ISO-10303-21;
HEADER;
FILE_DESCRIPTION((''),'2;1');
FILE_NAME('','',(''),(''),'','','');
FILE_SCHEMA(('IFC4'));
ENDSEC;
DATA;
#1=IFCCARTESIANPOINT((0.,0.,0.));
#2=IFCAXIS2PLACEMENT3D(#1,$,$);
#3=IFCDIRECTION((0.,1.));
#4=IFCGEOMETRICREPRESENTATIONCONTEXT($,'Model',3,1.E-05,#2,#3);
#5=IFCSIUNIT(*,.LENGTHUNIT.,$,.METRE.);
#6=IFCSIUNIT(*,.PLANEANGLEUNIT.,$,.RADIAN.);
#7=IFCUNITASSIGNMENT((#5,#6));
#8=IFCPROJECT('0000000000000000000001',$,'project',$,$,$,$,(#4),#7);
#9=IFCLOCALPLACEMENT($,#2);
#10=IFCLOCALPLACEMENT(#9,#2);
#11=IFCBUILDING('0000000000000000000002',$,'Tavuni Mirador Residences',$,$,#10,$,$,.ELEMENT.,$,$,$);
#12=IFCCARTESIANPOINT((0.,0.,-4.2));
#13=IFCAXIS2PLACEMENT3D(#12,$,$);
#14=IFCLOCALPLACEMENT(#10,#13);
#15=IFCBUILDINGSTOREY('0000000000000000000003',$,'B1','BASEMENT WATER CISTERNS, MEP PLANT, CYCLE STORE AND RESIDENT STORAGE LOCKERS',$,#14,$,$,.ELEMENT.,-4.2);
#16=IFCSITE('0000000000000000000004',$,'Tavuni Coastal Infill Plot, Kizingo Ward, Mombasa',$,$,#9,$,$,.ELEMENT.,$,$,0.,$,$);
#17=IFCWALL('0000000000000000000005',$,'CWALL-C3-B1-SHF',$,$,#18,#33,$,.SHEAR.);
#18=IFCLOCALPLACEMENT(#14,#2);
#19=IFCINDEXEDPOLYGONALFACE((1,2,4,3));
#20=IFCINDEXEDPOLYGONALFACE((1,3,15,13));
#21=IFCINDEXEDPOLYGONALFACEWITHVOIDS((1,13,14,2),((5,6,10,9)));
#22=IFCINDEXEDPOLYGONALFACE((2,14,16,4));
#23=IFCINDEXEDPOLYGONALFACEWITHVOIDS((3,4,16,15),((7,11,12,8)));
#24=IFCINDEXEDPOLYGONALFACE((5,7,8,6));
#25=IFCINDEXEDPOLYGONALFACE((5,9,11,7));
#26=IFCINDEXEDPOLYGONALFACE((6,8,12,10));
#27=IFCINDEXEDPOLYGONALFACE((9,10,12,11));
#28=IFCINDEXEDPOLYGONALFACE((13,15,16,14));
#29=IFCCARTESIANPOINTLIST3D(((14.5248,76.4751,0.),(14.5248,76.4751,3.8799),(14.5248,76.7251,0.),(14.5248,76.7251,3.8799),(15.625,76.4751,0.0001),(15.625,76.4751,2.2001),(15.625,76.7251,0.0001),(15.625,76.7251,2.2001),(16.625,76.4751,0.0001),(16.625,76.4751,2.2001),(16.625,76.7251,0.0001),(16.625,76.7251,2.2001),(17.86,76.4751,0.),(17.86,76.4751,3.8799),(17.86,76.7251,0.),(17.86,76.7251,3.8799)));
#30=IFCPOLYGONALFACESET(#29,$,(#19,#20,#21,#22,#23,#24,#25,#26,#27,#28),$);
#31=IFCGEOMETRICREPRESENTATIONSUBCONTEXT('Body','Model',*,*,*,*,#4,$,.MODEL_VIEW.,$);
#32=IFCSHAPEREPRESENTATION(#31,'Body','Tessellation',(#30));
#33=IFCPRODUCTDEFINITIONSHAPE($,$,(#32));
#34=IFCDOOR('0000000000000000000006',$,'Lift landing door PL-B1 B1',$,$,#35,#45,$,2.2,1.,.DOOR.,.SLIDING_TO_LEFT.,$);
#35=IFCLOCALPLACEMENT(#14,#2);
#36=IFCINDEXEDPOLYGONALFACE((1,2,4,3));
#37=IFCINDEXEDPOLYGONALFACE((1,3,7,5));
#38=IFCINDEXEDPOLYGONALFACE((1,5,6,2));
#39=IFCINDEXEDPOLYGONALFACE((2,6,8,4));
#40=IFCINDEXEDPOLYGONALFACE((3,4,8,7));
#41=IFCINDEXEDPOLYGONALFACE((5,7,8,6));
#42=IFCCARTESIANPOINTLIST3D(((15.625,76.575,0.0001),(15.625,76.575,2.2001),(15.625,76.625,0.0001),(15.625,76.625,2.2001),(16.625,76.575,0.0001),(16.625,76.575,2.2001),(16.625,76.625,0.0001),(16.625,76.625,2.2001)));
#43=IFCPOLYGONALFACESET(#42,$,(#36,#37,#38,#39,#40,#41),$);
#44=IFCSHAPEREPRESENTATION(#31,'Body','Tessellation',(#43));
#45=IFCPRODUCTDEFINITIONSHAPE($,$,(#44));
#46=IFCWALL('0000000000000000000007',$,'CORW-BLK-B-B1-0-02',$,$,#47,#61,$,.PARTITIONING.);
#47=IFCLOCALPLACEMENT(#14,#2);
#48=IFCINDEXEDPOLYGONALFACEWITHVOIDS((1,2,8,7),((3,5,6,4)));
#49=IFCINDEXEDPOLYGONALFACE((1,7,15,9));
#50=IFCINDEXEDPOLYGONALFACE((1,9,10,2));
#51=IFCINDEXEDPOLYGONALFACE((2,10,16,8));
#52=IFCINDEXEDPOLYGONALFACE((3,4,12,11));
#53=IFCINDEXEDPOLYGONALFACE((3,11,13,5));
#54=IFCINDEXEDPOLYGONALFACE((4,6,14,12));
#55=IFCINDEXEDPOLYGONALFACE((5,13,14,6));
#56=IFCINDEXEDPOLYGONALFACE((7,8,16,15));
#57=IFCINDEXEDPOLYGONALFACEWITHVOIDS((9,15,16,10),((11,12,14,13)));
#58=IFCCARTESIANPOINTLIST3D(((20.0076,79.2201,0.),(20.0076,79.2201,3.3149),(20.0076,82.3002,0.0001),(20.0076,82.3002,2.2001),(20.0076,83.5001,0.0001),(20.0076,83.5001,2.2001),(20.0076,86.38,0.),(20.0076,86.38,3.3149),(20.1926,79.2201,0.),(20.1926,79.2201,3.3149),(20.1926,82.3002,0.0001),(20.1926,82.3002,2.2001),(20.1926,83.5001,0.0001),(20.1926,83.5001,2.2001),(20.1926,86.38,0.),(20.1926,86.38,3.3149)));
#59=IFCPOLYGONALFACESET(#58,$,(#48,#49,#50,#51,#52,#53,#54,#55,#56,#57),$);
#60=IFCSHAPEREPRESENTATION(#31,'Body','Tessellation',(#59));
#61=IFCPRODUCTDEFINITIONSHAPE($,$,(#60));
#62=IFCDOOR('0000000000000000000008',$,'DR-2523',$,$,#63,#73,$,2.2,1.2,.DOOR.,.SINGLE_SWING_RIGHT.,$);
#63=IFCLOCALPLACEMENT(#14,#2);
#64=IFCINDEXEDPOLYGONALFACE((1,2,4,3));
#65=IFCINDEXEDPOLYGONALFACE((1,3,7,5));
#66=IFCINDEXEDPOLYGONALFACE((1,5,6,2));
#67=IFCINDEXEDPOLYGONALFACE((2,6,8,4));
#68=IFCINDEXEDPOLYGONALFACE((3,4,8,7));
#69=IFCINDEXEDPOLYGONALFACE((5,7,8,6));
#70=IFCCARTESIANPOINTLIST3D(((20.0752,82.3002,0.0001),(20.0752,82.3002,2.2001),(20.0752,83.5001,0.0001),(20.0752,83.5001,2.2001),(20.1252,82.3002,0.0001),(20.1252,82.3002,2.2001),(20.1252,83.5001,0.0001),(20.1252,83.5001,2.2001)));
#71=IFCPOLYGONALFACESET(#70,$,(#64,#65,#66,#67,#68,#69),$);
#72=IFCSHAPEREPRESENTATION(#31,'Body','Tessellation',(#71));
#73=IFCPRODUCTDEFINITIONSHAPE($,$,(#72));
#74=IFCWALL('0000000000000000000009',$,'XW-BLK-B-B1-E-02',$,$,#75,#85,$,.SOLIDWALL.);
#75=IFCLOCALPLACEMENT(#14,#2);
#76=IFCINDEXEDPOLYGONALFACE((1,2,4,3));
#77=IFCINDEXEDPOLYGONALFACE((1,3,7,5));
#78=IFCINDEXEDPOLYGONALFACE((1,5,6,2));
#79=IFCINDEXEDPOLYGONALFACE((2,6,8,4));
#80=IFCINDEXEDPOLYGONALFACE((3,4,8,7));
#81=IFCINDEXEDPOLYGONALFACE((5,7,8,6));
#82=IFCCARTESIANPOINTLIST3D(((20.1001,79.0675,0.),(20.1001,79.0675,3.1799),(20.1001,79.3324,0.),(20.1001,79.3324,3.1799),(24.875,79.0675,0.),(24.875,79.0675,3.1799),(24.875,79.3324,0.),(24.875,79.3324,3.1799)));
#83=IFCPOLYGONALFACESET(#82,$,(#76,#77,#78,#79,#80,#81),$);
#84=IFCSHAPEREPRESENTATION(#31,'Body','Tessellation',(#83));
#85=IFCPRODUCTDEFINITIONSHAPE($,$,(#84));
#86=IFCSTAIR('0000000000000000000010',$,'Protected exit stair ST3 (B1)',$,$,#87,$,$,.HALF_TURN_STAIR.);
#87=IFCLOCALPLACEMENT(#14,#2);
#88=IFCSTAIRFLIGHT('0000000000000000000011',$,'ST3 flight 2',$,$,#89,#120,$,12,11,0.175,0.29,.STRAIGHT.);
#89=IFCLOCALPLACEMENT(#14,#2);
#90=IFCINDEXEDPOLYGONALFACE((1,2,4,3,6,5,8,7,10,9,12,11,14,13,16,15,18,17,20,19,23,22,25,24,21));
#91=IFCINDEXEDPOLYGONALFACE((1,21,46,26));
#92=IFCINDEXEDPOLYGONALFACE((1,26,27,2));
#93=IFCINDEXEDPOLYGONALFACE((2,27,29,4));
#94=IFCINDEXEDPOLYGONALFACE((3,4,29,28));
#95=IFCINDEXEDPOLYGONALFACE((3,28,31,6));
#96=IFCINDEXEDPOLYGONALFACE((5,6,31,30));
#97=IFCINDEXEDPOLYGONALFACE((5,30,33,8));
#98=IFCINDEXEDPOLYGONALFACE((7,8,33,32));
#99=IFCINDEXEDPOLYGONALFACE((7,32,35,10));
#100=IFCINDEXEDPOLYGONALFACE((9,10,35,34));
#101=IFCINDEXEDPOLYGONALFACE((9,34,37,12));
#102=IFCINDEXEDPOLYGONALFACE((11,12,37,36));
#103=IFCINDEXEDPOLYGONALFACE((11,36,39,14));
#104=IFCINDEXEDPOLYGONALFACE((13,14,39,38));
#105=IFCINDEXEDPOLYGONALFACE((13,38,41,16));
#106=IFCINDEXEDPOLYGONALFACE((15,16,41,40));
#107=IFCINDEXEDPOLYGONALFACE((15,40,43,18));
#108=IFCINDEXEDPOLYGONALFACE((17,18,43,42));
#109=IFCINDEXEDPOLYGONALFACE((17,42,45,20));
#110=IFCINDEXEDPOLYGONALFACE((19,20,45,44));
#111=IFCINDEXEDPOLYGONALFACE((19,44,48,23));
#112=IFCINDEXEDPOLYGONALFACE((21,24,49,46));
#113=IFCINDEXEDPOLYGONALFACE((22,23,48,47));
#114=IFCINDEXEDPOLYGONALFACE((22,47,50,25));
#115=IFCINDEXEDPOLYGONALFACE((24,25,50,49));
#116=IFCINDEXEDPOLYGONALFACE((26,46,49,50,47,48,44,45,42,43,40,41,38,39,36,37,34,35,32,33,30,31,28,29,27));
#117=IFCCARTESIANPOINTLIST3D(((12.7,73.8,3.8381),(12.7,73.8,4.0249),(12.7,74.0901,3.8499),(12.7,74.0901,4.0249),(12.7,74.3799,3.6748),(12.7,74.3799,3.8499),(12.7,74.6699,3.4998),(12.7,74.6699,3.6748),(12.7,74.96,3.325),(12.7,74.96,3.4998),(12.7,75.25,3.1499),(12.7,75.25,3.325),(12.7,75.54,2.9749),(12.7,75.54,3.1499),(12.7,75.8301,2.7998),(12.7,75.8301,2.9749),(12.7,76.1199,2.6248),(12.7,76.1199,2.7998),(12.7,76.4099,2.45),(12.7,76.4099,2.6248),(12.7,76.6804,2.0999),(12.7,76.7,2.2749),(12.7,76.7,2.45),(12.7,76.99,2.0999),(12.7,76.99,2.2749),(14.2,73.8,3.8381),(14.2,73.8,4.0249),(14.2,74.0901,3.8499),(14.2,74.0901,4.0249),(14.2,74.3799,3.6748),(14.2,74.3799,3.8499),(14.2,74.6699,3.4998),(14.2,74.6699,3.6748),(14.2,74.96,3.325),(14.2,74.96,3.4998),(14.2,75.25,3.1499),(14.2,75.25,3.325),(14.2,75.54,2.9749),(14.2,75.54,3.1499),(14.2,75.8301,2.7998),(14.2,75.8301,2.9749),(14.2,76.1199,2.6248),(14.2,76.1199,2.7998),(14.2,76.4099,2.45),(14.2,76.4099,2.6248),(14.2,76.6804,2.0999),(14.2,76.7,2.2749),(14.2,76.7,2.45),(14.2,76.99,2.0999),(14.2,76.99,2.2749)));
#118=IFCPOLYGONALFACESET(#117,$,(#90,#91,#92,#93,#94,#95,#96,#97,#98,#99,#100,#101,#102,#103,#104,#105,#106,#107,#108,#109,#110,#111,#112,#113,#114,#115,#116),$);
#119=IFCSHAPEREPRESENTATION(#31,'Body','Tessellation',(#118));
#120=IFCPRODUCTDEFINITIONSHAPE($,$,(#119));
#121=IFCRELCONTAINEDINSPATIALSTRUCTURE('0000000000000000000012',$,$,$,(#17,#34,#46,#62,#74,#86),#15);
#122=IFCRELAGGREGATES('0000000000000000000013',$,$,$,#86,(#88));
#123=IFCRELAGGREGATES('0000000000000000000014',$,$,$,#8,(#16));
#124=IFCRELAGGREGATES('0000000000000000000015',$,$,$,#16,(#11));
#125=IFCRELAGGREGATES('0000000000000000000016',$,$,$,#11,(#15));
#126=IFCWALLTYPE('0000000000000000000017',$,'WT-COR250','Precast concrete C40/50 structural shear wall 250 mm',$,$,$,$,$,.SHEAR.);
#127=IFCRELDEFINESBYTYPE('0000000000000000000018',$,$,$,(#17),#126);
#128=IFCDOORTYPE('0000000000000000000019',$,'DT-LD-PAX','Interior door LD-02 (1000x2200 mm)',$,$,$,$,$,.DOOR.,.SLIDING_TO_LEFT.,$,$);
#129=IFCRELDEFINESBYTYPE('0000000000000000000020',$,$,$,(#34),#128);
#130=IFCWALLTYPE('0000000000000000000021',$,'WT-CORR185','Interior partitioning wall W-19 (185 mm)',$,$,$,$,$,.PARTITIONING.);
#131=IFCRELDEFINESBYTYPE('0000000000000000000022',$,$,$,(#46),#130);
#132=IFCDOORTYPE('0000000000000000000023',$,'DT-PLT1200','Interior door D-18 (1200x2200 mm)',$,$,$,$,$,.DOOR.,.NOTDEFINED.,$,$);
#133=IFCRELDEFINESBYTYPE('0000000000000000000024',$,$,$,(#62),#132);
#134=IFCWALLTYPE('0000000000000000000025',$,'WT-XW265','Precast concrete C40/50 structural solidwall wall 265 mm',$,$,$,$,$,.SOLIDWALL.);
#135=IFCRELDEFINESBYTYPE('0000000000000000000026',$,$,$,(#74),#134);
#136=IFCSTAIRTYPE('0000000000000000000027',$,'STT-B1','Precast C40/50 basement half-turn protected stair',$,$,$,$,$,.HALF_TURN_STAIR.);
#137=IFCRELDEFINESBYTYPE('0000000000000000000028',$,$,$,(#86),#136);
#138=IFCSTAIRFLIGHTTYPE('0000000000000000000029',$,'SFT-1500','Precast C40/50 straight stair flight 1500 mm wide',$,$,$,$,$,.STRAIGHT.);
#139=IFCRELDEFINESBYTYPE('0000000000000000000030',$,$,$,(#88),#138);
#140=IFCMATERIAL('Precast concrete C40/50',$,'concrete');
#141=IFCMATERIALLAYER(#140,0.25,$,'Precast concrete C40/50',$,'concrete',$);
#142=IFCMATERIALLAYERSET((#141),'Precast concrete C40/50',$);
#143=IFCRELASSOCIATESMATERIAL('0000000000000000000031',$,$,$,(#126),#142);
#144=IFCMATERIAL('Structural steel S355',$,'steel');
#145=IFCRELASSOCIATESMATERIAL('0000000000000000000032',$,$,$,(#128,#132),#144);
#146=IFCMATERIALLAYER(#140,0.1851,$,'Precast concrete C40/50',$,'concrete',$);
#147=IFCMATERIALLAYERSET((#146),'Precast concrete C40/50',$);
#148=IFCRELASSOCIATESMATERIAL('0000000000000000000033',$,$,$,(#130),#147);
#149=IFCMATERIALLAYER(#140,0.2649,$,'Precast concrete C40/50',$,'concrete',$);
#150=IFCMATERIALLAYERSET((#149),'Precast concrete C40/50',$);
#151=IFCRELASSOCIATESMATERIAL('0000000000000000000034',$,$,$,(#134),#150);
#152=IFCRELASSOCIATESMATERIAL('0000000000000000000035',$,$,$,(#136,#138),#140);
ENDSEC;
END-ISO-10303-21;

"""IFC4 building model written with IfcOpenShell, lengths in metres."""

from ifc_helpers import new_model, si_unit, direction, frame, frame_2d, origin, place, context, subcontext, project, spatial, polyline, rectangle, outline, extrude, material, layer, layer_set, type_object, element, fill, aggregate, save


model = new_model("IFC4")

# Units and contexts
model_context = context("Model", 3, precision=1e-05, world=origin(), true_north=direction((0.0, 1.0)))
body_context = subcontext(model_context, "Body", "Model", "MODEL_VIEW")
ifc_project = project(units=[si_unit("LENGTHUNIT", "METRE"), si_unit("PLANEANGLEUNIT", "RADIAN")], contexts=[model_context])

# Site, building, storey
site_placement = place(None, origin())
site = spatial("IfcSite", under=ifc_project, at=site_placement, Name="Tavuni Coastal Infill Plot, Kizingo Ward, Mombasa", CompositionType="ELEMENT", RefElevation=0.0)
building_placement = place(site_placement, origin())
building = spatial("IfcBuilding", under=site, at=building_placement, Name="Tavuni Mirador Residences", CompositionType="ELEMENT")
storey_placement = place(building_placement, frame((0.0, 0.0, -4.2)))
storey = spatial("IfcBuildingStorey", under=building, at=storey_placement, Name="B1", Description="BASEMENT WATER CISTERNS, MEP PLANT, CYCLE STORE AND RESIDENT STORAGE LOCKERS", CompositionType="ELEMENT", Elevation=-4.2)

# Shared definitions
ifc_material_1 = material(Name="Precast concrete C40/50", Category="concrete")

# Walls, openings, doors
ifc_layer_1 = layer(ifc_material_1, 0.25, Name="Precast concrete C40/50", Category="concrete")
ifc_layer_set_1 = layer_set([ifc_layer_1], Name="Precast concrete C40/50")
wall_type_1 = type_object("IfcWallType", Name="WT-COR250", Description="Precast concrete C40/50 structural shear wall 250 mm", PredefinedType="SHEAR", material=ifc_layer_set_1)
wall_1_placement = place(storey_placement, frame((14.5249, 76.6001, 0.0), z_axis=(0.0, 0.0, 1.0), x_axis=(1.0, 0.0, 0.0)))
wall_1 = element("IfcWall", 1, at=wall_1_placement, inside=storey, type_object=wall_type_1, Name="CWALL-C3-B1-SHF", PredefinedType="SHEAR", context=body_context, shape_type="SweptSolid", body=[
    extrude(rectangle(XDim=3.3352, YDim=0.25, at=frame_2d((1.6675, 0.0))), origin(), (0.0, 0.0, 1.0), 3.8799),
])
opening_1_placement = place(wall_1_placement, frame((1.1001, 0.0, 0.0)))
opening_1 = element("IfcOpeningElement", 2, at=opening_1_placement, cuts=wall_1, PredefinedType="OPENING", context=body_context, shape_type="SweptSolid", body=[
    extrude(rectangle(XDim=1.0, YDim=2.2, at=frame_2d((0.5, 1.1001))), frame((0.0, 0.135, 0.0), z_axis=(0.0, -1.0, 0.0), x_axis=(1.0, 0.0, 0.0)), (0.0, 0.0, 1.0), 0.27),
])
ifc_material_2 = material(Name="Structural steel S355", Category="steel")
door_type_1 = type_object("IfcDoorType", Name="DT-LD-PAX", Description="Interior door LD-02 (1000x2200 mm)", OperationType="SLIDING_TO_LEFT", PredefinedType="DOOR", material=ifc_material_2)
door_1_placement = place(opening_1_placement, origin())
door_1 = element("IfcDoor", 3, at=door_1_placement, inside=storey, type_object=door_type_1, Name="Lift landing door PL-B1 B1", OperationType="SLIDING_TO_LEFT", OverallHeight=2.2, OverallWidth=1.0, PredefinedType="DOOR", context=body_context, shape_type="SweptSolid", body=[
    extrude(rectangle(XDim=1.0, YDim=2.2, at=frame_2d((0.5, 1.1001))), frame((0.0, 0.0249, 0.0), z_axis=(0.0, -1.0, 0.0), x_axis=(1.0, 0.0, 0.0)), (0.0, 0.0, 1.0), 0.05),
])
fill(opening_1, door_1)
ifc_layer_2 = layer(ifc_material_1, 0.1851, Name="Precast concrete C40/50", Category="concrete")
ifc_layer_set_2 = layer_set([ifc_layer_2], Name="Precast concrete C40/50")
wall_type_2 = type_object("IfcWallType", Name="WT-CORR185", Description="Interior partitioning wall W-19 (185 mm)", PredefinedType="PARTITIONING", material=ifc_layer_set_2)
wall_2_placement = place(storey_placement, frame((20.1001, 79.22, 0.0), z_axis=(0.0, 0.0, 1.0), x_axis=(0.0, 1.0, 0.0)))
wall_2 = element("IfcWall", 4, at=wall_2_placement, inside=storey, type_object=wall_type_2, Name="CORW-BLK-B-B1-0-02", PredefinedType="PARTITIONING", context=body_context, shape_type="SweptSolid", body=[
    extrude(rectangle(XDim=7.1599, YDim=0.1851, at=frame_2d((3.5801, 0.0))), origin(), (0.0, 0.0, 1.0), 3.3149),
])
opening_2_placement = place(wall_2_placement, frame((3.0801, 0.0, 0.0)))
opening_2 = element("IfcOpeningElement", 5, at=opening_2_placement, cuts=wall_2, PredefinedType="OPENING", context=body_context, shape_type="SweptSolid", body=[
    extrude(rectangle(XDim=1.2, YDim=2.2, at=frame_2d((0.6001, 1.1001))), frame((0.0, 0.1025, 0.0), z_axis=(0.0, -1.0, 0.0), x_axis=(1.0, 0.0, 0.0)), (0.0, 0.0, 1.0), 0.2051),
])
door_type_2 = type_object("IfcDoorType", Name="DT-PLT1200", Description="Interior door D-18 (1200x2200 mm)", OperationType="NOTDEFINED", PredefinedType="DOOR", material=ifc_material_2)
door_2_placement = place(opening_2_placement, origin())
door_2 = element("IfcDoor", 6, at=door_2_placement, inside=storey, type_object=door_type_2, Name="DR-2523", OperationType="SINGLE_SWING_RIGHT", OverallHeight=2.2, OverallWidth=1.2, PredefinedType="DOOR", context=body_context, shape_type="SweptSolid", body=[
    extrude(rectangle(XDim=1.2, YDim=2.2, at=frame_2d((0.6001, 1.1001))), frame((0.0, 0.0249, 0.0), z_axis=(0.0, -1.0, 0.0), x_axis=(1.0, 0.0, 0.0)), (0.0, 0.0, 1.0), 0.05),
])
fill(opening_2, door_2)

# Wall
ifc_layer_3 = layer(ifc_material_1, 0.2649, Name="Precast concrete C40/50", Category="concrete")
ifc_layer_set_3 = layer_set([ifc_layer_3], Name="Precast concrete C40/50")
wall_type_3 = type_object("IfcWallType", Name="WT-XW265", Description="Precast concrete C40/50 structural solidwall wall 265 mm", PredefinedType="SOLIDWALL", material=ifc_layer_set_3)
wall_3_placement = place(storey_placement, frame((20.1001, 79.2, 0.0), z_axis=(0.0, 0.0, 1.0), x_axis=(1.0, 0.0, 0.0)))
element("IfcWall", 7, at=wall_3_placement, inside=storey, type_object=wall_type_3, Name="XW-BLK-B-B1-E-02", PredefinedType="SOLIDWALL", context=body_context, shape_type="SweptSolid", body=[
    extrude(rectangle(XDim=4.7749, YDim=0.2649, at=frame_2d((2.3875, 0.0))), origin(), (0.0, 0.0, 1.0), 3.1799),
])

# Stair, stair flight
stair_type = type_object("IfcStairType", Name="STT-B1", Description="Precast C40/50 basement half-turn protected stair", PredefinedType="HALF_TURN_STAIR", material=ifc_material_1)
stair_placement = place(storey_placement, origin())
stair = element("IfcStair", 8, at=stair_placement, inside=storey, type_object=stair_type, Name="Protected exit stair ST3 (B1)", PredefinedType="HALF_TURN_STAIR")
stair_flight_type = type_object("IfcStairFlightType", Name="SFT-1500", Description="Precast C40/50 straight stair flight 1500 mm wide", PredefinedType="STRAIGHT", material=ifc_material_1)
stair_flight_placement = place(storey_placement, frame((13.45, 76.99, 2.0999), z_axis=(0.0, 0.0, 1.0), x_axis=(0.0, -1.0, 0.0)))
stair_flight = element("IfcStairFlight", 9, at=stair_flight_placement, type_object=stair_flight_type, Name="ST3 flight 2", NumberOfRisers=12, NumberOfTreads=11, PredefinedType="STRAIGHT", RiserHeight=0.175, TreadLength=0.29, context=body_context, shape_type="SweptSolid", body=[
    extrude(outline(polyline([(0.0, 0.0), (0.0, 0.175), (0.29, 0.175), (0.29, 0.3501), (0.5801, 0.3501), (0.5801, 0.5249), (0.8701, 0.5249), (0.8701, 0.7), (1.1599, 0.7), (1.1599, 0.875), (1.45, 0.875), (1.45, 1.05), (1.74, 1.05), (1.74, 1.2251), (2.03, 1.2251), (2.03, 1.3999), (2.3201, 1.3999), (2.3201, 1.575), (2.6101, 1.575), (2.6101, 1.75), (2.8999, 1.75), (2.8999, 1.925), (3.1899, 1.925), (3.1899, 2.1001), (3.1899, 1.7383), (0.3096, 0.0), (0.0, 0.0)])), frame((0.0, 0.75, 0.0), z_axis=(0.0, -1.0, 0.0), x_axis=(1.0, 0.0, 0.0)), (0.0, 0.0, 1.0), 1.5),
])
aggregate(stair, [stair_flight])

save(model, "model.ifc")
